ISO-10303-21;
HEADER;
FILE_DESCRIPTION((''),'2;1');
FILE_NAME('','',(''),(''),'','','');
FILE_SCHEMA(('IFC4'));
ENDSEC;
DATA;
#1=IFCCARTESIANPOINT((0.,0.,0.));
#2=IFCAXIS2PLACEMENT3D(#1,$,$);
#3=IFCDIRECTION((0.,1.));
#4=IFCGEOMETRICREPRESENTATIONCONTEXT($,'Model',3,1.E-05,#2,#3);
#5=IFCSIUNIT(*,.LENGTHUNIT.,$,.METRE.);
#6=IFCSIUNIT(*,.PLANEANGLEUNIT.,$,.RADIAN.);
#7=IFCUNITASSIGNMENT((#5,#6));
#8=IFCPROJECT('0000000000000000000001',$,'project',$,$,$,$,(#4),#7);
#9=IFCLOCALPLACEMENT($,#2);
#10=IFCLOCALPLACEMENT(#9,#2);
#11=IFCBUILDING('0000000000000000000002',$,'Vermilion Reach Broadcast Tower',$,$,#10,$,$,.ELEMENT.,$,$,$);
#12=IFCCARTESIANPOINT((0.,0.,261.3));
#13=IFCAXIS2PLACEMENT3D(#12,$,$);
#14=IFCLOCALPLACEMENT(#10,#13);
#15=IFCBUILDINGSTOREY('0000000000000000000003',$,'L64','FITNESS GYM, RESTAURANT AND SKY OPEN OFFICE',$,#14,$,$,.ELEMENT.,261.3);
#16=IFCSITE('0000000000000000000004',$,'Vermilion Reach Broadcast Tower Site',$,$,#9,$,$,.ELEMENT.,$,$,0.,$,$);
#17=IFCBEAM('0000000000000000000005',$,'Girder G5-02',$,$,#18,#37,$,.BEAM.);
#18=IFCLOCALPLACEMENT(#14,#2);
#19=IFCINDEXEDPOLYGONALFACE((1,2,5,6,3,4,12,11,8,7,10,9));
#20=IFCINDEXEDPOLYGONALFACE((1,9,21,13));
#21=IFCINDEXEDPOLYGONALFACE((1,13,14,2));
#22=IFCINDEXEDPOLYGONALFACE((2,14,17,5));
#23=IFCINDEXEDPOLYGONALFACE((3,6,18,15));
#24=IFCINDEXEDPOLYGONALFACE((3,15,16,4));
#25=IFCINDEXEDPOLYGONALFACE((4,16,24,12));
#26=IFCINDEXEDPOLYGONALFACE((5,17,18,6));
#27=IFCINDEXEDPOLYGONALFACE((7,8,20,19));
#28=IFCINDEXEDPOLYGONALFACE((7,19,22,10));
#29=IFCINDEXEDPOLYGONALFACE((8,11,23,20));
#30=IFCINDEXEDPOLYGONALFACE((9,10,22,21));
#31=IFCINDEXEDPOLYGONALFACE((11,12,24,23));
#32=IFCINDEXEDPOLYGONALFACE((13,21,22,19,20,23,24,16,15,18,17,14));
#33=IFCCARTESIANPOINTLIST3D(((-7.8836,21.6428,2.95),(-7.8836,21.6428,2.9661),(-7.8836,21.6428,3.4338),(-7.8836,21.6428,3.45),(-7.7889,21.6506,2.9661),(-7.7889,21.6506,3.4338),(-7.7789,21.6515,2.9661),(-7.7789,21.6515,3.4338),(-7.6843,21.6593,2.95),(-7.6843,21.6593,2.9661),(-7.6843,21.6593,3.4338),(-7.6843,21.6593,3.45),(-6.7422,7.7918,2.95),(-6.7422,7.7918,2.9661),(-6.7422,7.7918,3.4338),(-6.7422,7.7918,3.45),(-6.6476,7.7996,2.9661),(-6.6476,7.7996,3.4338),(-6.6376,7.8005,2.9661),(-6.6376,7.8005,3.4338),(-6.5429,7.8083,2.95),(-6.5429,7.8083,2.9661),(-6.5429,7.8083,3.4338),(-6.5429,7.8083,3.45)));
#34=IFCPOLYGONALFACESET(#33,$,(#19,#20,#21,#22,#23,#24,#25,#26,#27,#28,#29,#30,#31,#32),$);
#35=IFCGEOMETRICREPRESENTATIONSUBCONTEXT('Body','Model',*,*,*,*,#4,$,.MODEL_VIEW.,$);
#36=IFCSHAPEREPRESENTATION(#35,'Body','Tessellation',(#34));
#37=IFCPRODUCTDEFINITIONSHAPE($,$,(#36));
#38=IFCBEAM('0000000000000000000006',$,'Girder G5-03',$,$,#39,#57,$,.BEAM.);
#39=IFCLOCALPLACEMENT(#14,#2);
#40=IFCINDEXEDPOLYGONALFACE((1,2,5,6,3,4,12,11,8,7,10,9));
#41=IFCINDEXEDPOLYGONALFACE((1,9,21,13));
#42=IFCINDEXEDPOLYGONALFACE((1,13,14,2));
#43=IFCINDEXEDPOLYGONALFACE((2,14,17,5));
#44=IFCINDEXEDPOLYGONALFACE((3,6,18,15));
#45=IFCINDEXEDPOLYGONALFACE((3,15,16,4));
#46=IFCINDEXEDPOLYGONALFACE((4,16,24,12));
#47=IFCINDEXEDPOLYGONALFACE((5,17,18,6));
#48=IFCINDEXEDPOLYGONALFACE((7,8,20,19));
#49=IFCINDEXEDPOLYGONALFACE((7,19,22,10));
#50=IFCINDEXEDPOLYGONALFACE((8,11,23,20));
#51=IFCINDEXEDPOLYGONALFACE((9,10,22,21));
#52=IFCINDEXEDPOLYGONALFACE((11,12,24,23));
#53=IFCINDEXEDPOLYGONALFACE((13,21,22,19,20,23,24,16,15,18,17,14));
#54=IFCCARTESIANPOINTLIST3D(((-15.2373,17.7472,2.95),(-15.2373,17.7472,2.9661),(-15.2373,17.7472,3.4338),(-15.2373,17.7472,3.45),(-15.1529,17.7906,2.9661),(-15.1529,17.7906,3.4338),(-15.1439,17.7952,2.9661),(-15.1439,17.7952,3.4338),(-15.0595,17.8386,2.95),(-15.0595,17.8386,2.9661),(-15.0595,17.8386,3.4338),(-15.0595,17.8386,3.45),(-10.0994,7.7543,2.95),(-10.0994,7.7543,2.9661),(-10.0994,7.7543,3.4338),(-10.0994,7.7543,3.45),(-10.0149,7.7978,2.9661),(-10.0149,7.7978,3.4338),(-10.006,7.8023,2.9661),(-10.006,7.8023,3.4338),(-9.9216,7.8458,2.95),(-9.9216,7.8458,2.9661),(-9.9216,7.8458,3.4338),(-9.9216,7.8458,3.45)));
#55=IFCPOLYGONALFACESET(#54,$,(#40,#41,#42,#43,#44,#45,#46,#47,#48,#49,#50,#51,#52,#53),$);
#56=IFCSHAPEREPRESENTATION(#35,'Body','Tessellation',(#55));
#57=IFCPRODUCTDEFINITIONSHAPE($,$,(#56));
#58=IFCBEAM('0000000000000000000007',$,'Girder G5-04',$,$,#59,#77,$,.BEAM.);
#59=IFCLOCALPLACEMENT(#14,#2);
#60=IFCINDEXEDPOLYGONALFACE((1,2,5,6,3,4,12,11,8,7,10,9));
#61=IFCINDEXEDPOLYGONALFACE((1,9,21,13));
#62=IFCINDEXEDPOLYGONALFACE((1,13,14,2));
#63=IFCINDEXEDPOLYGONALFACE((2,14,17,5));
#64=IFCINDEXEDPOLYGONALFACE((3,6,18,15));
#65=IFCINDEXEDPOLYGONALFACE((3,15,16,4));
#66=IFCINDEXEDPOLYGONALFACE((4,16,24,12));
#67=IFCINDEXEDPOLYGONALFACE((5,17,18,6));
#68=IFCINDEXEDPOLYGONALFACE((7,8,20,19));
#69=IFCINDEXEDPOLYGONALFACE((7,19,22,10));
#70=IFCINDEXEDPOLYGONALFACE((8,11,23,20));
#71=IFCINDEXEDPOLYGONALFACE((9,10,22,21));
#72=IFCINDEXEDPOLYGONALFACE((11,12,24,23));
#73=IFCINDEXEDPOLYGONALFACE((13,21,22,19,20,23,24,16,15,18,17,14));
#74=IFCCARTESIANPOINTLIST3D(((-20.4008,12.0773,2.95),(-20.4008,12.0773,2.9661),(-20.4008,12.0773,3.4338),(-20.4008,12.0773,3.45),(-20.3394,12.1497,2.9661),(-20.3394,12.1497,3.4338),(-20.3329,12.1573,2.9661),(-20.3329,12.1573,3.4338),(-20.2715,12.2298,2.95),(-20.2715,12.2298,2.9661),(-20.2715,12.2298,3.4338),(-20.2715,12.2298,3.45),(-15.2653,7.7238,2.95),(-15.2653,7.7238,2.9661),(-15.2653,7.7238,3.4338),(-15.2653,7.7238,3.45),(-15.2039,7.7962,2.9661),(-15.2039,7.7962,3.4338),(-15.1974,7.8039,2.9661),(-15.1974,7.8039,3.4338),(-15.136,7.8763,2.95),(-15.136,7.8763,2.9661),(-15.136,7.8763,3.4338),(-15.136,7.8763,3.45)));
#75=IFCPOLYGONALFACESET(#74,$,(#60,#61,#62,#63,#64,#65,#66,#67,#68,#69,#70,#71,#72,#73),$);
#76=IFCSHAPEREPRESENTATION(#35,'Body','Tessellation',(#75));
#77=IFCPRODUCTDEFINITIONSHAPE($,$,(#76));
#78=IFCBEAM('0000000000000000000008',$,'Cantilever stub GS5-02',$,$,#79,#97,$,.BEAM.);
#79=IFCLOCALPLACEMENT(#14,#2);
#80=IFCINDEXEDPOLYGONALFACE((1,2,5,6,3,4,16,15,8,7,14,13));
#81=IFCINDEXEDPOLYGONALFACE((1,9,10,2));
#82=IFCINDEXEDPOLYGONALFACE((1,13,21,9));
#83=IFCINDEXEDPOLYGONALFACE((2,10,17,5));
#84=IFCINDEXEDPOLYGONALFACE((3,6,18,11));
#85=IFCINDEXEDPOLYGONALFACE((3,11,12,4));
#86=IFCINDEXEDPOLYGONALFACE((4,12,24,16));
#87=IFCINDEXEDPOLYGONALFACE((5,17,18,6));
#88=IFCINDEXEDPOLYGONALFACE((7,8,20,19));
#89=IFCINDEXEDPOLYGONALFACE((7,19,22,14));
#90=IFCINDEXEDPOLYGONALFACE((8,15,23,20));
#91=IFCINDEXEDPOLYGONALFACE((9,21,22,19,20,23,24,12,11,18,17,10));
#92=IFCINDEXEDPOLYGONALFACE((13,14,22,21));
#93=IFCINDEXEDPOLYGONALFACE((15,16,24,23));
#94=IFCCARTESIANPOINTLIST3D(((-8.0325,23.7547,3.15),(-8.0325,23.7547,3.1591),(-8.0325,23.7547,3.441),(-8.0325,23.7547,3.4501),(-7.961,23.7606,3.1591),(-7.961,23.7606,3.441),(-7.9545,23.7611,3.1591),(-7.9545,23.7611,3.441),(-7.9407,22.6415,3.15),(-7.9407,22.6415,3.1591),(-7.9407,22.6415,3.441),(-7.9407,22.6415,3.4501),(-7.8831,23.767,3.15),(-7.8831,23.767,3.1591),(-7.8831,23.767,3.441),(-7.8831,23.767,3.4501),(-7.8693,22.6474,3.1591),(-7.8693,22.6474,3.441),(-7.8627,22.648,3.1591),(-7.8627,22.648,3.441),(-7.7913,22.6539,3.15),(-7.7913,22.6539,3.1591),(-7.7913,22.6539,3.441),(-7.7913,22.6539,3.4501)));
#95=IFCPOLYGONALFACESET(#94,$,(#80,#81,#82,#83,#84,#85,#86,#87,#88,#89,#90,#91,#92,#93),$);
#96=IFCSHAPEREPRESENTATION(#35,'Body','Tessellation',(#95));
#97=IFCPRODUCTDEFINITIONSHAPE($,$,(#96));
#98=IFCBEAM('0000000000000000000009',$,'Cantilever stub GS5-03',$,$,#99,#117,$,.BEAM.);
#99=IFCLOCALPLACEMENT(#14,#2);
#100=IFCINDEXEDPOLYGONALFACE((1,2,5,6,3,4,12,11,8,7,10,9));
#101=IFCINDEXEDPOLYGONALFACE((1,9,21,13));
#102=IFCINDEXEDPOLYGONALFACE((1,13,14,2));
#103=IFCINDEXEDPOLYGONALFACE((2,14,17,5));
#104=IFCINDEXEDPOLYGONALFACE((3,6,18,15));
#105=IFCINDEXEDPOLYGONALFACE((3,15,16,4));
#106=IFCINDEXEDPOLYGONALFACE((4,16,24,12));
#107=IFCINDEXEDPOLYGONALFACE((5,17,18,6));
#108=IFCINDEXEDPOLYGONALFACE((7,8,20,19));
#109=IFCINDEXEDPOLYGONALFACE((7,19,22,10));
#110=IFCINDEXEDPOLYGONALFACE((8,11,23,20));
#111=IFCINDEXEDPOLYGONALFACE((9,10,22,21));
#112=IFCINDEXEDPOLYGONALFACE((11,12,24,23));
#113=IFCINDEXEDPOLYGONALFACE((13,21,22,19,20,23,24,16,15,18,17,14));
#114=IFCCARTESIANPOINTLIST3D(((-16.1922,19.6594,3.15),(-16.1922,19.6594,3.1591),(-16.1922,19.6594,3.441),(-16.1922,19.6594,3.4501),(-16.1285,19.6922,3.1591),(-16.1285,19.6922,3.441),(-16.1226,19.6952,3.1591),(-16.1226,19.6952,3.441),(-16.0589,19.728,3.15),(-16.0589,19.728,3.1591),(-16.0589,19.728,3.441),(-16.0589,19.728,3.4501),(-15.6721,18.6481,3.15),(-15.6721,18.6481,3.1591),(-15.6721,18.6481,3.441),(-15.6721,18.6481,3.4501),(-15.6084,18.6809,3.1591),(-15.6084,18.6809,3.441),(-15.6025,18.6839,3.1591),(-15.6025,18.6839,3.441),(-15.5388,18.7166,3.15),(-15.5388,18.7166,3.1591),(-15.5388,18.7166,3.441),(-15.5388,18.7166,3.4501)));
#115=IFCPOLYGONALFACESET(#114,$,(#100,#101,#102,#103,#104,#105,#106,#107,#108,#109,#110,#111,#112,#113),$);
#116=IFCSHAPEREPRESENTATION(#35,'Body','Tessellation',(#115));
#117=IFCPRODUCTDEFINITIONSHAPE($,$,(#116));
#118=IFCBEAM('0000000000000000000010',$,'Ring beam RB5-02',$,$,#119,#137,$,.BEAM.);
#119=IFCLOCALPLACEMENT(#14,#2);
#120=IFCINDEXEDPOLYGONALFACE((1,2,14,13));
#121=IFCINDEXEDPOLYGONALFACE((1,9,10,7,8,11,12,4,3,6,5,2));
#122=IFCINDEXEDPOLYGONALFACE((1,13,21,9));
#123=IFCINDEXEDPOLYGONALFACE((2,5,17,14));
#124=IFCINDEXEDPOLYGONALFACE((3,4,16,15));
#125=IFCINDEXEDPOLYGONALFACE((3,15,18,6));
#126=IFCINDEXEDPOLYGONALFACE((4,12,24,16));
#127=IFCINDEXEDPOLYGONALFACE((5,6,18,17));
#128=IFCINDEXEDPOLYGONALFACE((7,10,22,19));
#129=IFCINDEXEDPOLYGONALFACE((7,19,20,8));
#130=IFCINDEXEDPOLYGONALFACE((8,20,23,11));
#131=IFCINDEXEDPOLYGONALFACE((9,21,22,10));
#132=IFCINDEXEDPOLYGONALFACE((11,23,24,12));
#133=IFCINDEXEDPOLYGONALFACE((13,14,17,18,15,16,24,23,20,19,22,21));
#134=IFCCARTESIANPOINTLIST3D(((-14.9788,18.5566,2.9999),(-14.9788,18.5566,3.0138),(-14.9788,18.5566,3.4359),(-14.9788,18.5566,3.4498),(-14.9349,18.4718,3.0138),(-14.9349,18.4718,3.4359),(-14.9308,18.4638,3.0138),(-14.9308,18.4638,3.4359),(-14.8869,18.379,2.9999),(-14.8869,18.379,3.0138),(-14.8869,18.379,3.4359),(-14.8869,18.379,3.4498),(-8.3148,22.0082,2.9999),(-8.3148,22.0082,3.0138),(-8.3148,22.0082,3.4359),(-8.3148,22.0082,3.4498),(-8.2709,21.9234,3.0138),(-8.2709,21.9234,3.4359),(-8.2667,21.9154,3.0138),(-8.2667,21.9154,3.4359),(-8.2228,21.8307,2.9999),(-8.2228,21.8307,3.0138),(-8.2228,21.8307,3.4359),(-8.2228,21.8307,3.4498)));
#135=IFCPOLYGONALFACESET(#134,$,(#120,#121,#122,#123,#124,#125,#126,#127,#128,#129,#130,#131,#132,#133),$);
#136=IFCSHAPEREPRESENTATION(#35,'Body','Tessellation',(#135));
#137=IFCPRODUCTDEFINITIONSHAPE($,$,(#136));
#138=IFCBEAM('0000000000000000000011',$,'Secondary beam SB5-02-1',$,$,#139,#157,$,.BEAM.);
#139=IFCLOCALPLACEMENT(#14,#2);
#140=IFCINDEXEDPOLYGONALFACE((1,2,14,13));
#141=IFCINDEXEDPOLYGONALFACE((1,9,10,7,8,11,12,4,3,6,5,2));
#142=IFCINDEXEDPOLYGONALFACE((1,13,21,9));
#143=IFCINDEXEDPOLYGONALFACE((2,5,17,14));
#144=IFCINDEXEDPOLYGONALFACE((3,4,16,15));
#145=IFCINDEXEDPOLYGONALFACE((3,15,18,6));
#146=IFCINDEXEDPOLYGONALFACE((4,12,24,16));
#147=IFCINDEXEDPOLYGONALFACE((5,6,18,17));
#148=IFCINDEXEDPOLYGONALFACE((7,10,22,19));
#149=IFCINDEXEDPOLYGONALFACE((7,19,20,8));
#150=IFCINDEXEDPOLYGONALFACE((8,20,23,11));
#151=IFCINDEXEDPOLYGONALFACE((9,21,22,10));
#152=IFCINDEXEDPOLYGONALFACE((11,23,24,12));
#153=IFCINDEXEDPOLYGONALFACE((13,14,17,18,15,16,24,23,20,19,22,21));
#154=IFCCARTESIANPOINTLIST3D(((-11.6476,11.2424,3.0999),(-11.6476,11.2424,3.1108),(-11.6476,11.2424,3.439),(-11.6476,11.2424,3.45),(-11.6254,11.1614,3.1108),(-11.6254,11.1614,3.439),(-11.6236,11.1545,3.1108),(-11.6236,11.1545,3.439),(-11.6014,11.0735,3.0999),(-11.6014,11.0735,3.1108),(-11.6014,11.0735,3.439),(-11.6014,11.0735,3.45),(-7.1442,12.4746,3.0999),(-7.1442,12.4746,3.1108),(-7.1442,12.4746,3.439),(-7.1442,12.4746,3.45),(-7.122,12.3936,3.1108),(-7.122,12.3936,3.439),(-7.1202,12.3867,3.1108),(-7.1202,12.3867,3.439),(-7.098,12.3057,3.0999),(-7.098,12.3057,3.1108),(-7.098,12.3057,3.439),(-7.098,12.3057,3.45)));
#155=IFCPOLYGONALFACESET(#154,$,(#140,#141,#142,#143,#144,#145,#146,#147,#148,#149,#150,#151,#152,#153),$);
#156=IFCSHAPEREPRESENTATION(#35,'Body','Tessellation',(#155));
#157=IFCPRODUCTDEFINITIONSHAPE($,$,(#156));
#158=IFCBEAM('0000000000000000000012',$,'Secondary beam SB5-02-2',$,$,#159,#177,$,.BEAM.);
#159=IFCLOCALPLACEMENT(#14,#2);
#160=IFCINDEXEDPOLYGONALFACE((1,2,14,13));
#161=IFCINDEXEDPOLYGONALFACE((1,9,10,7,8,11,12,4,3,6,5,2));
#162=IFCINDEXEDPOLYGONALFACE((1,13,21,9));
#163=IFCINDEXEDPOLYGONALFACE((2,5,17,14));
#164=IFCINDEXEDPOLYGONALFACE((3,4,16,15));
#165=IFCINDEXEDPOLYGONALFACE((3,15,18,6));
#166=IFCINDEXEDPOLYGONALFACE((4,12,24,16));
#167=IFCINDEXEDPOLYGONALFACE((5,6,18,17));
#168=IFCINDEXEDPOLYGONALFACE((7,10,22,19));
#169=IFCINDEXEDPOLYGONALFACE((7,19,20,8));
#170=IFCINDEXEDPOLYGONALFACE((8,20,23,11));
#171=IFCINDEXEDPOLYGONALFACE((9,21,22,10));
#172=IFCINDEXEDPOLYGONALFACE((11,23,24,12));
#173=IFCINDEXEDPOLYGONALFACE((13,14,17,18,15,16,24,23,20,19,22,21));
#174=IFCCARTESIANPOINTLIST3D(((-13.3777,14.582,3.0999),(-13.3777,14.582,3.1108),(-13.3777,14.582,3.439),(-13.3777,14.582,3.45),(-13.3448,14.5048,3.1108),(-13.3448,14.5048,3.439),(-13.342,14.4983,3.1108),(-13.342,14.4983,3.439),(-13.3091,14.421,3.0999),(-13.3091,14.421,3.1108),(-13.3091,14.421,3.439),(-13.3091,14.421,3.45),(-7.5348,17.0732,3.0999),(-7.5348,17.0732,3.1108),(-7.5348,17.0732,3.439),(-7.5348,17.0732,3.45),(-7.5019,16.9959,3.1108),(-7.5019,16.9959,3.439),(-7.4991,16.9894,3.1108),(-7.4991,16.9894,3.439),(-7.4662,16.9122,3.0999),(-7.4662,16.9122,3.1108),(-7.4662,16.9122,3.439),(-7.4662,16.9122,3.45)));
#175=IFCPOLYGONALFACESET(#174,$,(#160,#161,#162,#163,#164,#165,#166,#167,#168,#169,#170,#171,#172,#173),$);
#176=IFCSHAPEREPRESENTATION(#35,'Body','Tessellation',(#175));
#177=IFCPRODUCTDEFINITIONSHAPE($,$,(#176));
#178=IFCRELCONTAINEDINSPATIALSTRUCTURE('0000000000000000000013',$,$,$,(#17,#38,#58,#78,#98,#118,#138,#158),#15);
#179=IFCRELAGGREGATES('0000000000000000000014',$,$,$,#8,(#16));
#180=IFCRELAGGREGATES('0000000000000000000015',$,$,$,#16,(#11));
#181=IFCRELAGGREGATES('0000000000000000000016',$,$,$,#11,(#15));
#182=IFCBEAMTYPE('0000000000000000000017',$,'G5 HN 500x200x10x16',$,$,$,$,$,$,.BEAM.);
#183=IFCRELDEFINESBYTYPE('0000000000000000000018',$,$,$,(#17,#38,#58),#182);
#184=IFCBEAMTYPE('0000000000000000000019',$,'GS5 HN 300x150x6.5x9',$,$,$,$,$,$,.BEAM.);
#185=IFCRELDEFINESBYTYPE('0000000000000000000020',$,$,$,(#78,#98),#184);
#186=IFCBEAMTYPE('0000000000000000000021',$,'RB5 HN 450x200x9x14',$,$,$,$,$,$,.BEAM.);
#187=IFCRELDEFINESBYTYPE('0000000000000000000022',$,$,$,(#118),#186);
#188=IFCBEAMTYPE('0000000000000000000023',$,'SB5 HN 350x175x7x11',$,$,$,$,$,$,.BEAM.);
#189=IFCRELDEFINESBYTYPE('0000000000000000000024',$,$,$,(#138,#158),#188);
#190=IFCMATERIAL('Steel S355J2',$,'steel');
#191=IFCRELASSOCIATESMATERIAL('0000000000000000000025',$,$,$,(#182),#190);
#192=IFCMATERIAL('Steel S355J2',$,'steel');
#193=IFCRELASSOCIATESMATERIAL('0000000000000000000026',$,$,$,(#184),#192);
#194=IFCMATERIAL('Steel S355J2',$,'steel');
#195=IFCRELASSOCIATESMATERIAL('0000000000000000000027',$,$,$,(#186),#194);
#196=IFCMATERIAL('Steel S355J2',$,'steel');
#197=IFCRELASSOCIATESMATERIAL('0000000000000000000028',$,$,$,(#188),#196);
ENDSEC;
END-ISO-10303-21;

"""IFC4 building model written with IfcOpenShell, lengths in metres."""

from ifc_helpers import new_model, si_unit, direction, frame, origin, origin_2d, place, context, subcontext, project, spatial, i_section, extrude, material, material_profile, profile_set, type_object, element, save


model = new_model("IFC4")

# Units and contexts
model_context = context("Model", 3, precision=1e-05, world=origin(), true_north=direction((0.0, 1.0)))
body_context = subcontext(model_context, "Body", "Model", "MODEL_VIEW")
ifc_project = project(units=[si_unit("LENGTHUNIT", "METRE"), si_unit("PLANEANGLEUNIT", "RADIAN")], contexts=[model_context])

# Site, building, storey
site_placement = place(None, origin())
site = spatial("IfcSite", under=ifc_project, at=site_placement, Name="Vermilion Reach Broadcast Tower Site", CompositionType="ELEMENT", RefElevation=0.0)
building_placement = place(site_placement, origin())
building = spatial("IfcBuilding", under=site, at=building_placement, Name="Vermilion Reach Broadcast Tower", CompositionType="ELEMENT")
storey_placement = place(building_placement, frame((0.0, 0.0, 261.3)))
storey = spatial("IfcBuildingStorey", under=building, at=storey_placement, Name="L64", Description="FITNESS GYM, RESTAURANT AND SKY OPEN OFFICE", CompositionType="ELEMENT", Elevation=261.3)

# Beams
ifc_material_1 = material(Name="Steel S355J2", Category="steel")
ifc_material_profile_1 = material_profile(ifc_material_1, i_section(OverallWidth=0.2, OverallDepth=0.5, WebThickness=0.01, FlangeThickness=0.0161, at=origin_2d()), Name="S355J2 HN 500x200x10x16")
ifc_profile_set_1 = profile_set([ifc_material_profile_1], Name="Steel S355J2")
beam_type_1 = type_object("IfcBeamType", Name="G5 HN 500x200x10x16", PredefinedType="BEAM", material=ifc_profile_set_1)
beam_1_placement = place(storey_placement, frame((-6.6426, 7.8, 3.2), z_axis=(-0.082124, 0.996622, 0.0), x_axis=(-0.996622, -0.082124, 0.0)))
element("IfcBeam", 1, at=beam_1_placement, inside=storey, type_object=beam_type_1, Name="Girder G5-02", PredefinedType="BEAM", context=body_context, shape_type="SweptSolid", body=[
    extrude(i_section(OverallWidth=0.2, OverallDepth=0.5, WebThickness=0.01, FlangeThickness=0.0161, at=origin_2d()), origin(), (0.0, 0.0, 1.0), 13.8979),
])
beam_2_placement = place(storey_placement, frame((-10.0105, 7.8, 3.2), z_axis=(-0.457258, 0.889334, 0.0), x_axis=(-0.889334, -0.457258, 0.0)))
element("IfcBeam", 2, at=beam_2_placement, inside=storey, type_object=beam_type_1, Name="Girder G5-03", PredefinedType="BEAM", context=body_context, shape_type="SweptSolid", body=[
    extrude(i_section(OverallWidth=0.2, OverallDepth=0.5, WebThickness=0.01, FlangeThickness=0.0161, at=origin_2d()), origin(), (0.0, 0.0, 1.0), 11.2363),
])
beam_3_placement = place(storey_placement, frame((-15.2007, 7.8, 3.2), z_axis=(-0.762793, 0.646643, 0.0), x_axis=(-0.646643, -0.762793, 0.0)))
element("IfcBeam", 3, at=beam_3_placement, inside=storey, type_object=beam_type_1, Name="Girder G5-04", PredefinedType="BEAM", context=body_context, shape_type="SweptSolid", body=[
    extrude(i_section(OverallWidth=0.2, OverallDepth=0.5, WebThickness=0.01, FlangeThickness=0.0161, at=origin_2d()), origin(), (0.0, 0.0, 1.0), 6.7324),
])
ifc_material_2 = material(Name="Steel S355J2", Category="steel")
ifc_material_profile_2 = material_profile(ifc_material_2, i_section(OverallWidth=0.1499, OverallDepth=0.3, WebThickness=0.0066, FlangeThickness=0.009, at=origin_2d()), Name="S355J2 HN 300x150x6.5x9")
ifc_profile_set_2 = profile_set([ifc_material_profile_2], Name="Steel S355J2")
beam_type_2 = type_object("IfcBeamType", Name="GS5 HN 300x150x6.5x9", PredefinedType="BEAM", material=ifc_profile_set_2)
beam_4_placement = place(storey_placement, frame((-7.866, 22.6477, 3.3), z_axis=(-0.082177, 0.996618, 0.0), x_axis=(-0.996618, -0.082177, 0.0)))
element("IfcBeam", 4, at=beam_4_placement, inside=storey, type_object=beam_type_2, Name="Cantilever stub GS5-02", PredefinedType="BEAM", context=body_context, shape_type="SweptSolid", body=[
    extrude(i_section(OverallWidth=0.1499, OverallDepth=0.3, WebThickness=0.0066, FlangeThickness=0.009, at=origin_2d()), origin(), (0.0, 0.0, 1.0), 1.1169),
])
beam_5_placement = place(storey_placement, frame((-15.6055, 18.6824, 3.3), z_axis=(-0.457319, 0.889303, 0.0), x_axis=(-0.889303, -0.457319, 0.0)))
element("IfcBeam", 5, at=beam_5_placement, inside=storey, type_object=beam_type_2, Name="Cantilever stub GS5-03", PredefinedType="BEAM", context=body_context, shape_type="SweptSolid", body=[
    extrude(i_section(OverallWidth=0.1499, OverallDepth=0.3, WebThickness=0.0066, FlangeThickness=0.009, at=origin_2d()), origin(), (0.0, 0.0, 1.0), 1.1372),
])
ifc_material_3 = material(Name="Steel S355J2", Category="steel")
ifc_material_profile_3 = material_profile(ifc_material_3, i_section(OverallWidth=0.2, OverallDepth=0.45, WebThickness=0.009, FlangeThickness=0.0139, at=origin_2d()), Name="S355J2 HN 450x200x9x14")
ifc_profile_set_3 = profile_set([ifc_material_profile_3], Name="Steel S355J2")
beam_type_3 = type_object("IfcBeamType", Name="RB5 HN 450x200x9x14", PredefinedType="BEAM", material=ifc_profile_set_3)
beam_6_placement = place(storey_placement, frame((-8.2688, 21.9194, 3.2249), z_axis=(-0.88796, -0.45992, 0.0), x_axis=(0.45992, -0.88796, 0.0)))
element("IfcBeam", 6, at=beam_6_placement, inside=storey, type_object=beam_type_3, Name="Ring beam RB5-02", PredefinedType="BEAM", context=body_context, shape_type="SweptSolid", body=[
    extrude(i_section(OverallWidth=0.2, OverallDepth=0.45, WebThickness=0.009, FlangeThickness=0.0139, at=origin_2d()), origin(), (0.0, 0.0, 1.0), 7.5049),
])
ifc_material_4 = material(Name="Steel S355J2", Category="steel")
ifc_material_profile_4 = material_profile(ifc_material_4, i_section(OverallWidth=0.175, OverallDepth=0.3501, WebThickness=0.0071, FlangeThickness=0.011, at=origin_2d()), Name="S355J2 HN 350x175x7x11")
ifc_profile_set_4 = profile_set([ifc_material_profile_4], Name="Steel S355J2")
beam_type_4 = type_object("IfcBeamType", Name="SB5 HN 350x175x7x11", PredefinedType="BEAM", material=ifc_profile_set_4)
beam_7_placement = place(storey_placement, frame((-7.1211, 12.3901, 3.2749), z_axis=(-0.964547, -0.263909, 0.0), x_axis=(0.263909, -0.964547, 0.0)))
element("IfcBeam", 7, at=beam_7_placement, inside=storey, type_object=beam_type_4, Name="Secondary beam SB5-02-1", PredefinedType="BEAM", context=body_context, shape_type="SweptSolid", body=[
    extrude(i_section(OverallWidth=0.175, OverallDepth=0.3501, WebThickness=0.0071, FlangeThickness=0.011, at=origin_2d()), origin(), (0.0, 0.0, 1.0), 4.6689),
])
beam_8_placement = place(storey_placement, frame((-7.5005, 16.9927, 3.2749), z_axis=(-0.919881, -0.392198, 0.0), x_axis=(0.392198, -0.919881, 0.0)))
element("IfcBeam", 8, at=beam_8_placement, inside=storey, type_object=beam_type_4, Name="Secondary beam SB5-02-2", PredefinedType="BEAM", context=body_context, shape_type="SweptSolid", body=[
    extrude(i_section(OverallWidth=0.175, OverallDepth=0.3501, WebThickness=0.0071, FlangeThickness=0.011, at=origin_2d()), origin(), (0.0, 0.0, 1.0), 6.3518),
])

save(model, "model.ifc")
